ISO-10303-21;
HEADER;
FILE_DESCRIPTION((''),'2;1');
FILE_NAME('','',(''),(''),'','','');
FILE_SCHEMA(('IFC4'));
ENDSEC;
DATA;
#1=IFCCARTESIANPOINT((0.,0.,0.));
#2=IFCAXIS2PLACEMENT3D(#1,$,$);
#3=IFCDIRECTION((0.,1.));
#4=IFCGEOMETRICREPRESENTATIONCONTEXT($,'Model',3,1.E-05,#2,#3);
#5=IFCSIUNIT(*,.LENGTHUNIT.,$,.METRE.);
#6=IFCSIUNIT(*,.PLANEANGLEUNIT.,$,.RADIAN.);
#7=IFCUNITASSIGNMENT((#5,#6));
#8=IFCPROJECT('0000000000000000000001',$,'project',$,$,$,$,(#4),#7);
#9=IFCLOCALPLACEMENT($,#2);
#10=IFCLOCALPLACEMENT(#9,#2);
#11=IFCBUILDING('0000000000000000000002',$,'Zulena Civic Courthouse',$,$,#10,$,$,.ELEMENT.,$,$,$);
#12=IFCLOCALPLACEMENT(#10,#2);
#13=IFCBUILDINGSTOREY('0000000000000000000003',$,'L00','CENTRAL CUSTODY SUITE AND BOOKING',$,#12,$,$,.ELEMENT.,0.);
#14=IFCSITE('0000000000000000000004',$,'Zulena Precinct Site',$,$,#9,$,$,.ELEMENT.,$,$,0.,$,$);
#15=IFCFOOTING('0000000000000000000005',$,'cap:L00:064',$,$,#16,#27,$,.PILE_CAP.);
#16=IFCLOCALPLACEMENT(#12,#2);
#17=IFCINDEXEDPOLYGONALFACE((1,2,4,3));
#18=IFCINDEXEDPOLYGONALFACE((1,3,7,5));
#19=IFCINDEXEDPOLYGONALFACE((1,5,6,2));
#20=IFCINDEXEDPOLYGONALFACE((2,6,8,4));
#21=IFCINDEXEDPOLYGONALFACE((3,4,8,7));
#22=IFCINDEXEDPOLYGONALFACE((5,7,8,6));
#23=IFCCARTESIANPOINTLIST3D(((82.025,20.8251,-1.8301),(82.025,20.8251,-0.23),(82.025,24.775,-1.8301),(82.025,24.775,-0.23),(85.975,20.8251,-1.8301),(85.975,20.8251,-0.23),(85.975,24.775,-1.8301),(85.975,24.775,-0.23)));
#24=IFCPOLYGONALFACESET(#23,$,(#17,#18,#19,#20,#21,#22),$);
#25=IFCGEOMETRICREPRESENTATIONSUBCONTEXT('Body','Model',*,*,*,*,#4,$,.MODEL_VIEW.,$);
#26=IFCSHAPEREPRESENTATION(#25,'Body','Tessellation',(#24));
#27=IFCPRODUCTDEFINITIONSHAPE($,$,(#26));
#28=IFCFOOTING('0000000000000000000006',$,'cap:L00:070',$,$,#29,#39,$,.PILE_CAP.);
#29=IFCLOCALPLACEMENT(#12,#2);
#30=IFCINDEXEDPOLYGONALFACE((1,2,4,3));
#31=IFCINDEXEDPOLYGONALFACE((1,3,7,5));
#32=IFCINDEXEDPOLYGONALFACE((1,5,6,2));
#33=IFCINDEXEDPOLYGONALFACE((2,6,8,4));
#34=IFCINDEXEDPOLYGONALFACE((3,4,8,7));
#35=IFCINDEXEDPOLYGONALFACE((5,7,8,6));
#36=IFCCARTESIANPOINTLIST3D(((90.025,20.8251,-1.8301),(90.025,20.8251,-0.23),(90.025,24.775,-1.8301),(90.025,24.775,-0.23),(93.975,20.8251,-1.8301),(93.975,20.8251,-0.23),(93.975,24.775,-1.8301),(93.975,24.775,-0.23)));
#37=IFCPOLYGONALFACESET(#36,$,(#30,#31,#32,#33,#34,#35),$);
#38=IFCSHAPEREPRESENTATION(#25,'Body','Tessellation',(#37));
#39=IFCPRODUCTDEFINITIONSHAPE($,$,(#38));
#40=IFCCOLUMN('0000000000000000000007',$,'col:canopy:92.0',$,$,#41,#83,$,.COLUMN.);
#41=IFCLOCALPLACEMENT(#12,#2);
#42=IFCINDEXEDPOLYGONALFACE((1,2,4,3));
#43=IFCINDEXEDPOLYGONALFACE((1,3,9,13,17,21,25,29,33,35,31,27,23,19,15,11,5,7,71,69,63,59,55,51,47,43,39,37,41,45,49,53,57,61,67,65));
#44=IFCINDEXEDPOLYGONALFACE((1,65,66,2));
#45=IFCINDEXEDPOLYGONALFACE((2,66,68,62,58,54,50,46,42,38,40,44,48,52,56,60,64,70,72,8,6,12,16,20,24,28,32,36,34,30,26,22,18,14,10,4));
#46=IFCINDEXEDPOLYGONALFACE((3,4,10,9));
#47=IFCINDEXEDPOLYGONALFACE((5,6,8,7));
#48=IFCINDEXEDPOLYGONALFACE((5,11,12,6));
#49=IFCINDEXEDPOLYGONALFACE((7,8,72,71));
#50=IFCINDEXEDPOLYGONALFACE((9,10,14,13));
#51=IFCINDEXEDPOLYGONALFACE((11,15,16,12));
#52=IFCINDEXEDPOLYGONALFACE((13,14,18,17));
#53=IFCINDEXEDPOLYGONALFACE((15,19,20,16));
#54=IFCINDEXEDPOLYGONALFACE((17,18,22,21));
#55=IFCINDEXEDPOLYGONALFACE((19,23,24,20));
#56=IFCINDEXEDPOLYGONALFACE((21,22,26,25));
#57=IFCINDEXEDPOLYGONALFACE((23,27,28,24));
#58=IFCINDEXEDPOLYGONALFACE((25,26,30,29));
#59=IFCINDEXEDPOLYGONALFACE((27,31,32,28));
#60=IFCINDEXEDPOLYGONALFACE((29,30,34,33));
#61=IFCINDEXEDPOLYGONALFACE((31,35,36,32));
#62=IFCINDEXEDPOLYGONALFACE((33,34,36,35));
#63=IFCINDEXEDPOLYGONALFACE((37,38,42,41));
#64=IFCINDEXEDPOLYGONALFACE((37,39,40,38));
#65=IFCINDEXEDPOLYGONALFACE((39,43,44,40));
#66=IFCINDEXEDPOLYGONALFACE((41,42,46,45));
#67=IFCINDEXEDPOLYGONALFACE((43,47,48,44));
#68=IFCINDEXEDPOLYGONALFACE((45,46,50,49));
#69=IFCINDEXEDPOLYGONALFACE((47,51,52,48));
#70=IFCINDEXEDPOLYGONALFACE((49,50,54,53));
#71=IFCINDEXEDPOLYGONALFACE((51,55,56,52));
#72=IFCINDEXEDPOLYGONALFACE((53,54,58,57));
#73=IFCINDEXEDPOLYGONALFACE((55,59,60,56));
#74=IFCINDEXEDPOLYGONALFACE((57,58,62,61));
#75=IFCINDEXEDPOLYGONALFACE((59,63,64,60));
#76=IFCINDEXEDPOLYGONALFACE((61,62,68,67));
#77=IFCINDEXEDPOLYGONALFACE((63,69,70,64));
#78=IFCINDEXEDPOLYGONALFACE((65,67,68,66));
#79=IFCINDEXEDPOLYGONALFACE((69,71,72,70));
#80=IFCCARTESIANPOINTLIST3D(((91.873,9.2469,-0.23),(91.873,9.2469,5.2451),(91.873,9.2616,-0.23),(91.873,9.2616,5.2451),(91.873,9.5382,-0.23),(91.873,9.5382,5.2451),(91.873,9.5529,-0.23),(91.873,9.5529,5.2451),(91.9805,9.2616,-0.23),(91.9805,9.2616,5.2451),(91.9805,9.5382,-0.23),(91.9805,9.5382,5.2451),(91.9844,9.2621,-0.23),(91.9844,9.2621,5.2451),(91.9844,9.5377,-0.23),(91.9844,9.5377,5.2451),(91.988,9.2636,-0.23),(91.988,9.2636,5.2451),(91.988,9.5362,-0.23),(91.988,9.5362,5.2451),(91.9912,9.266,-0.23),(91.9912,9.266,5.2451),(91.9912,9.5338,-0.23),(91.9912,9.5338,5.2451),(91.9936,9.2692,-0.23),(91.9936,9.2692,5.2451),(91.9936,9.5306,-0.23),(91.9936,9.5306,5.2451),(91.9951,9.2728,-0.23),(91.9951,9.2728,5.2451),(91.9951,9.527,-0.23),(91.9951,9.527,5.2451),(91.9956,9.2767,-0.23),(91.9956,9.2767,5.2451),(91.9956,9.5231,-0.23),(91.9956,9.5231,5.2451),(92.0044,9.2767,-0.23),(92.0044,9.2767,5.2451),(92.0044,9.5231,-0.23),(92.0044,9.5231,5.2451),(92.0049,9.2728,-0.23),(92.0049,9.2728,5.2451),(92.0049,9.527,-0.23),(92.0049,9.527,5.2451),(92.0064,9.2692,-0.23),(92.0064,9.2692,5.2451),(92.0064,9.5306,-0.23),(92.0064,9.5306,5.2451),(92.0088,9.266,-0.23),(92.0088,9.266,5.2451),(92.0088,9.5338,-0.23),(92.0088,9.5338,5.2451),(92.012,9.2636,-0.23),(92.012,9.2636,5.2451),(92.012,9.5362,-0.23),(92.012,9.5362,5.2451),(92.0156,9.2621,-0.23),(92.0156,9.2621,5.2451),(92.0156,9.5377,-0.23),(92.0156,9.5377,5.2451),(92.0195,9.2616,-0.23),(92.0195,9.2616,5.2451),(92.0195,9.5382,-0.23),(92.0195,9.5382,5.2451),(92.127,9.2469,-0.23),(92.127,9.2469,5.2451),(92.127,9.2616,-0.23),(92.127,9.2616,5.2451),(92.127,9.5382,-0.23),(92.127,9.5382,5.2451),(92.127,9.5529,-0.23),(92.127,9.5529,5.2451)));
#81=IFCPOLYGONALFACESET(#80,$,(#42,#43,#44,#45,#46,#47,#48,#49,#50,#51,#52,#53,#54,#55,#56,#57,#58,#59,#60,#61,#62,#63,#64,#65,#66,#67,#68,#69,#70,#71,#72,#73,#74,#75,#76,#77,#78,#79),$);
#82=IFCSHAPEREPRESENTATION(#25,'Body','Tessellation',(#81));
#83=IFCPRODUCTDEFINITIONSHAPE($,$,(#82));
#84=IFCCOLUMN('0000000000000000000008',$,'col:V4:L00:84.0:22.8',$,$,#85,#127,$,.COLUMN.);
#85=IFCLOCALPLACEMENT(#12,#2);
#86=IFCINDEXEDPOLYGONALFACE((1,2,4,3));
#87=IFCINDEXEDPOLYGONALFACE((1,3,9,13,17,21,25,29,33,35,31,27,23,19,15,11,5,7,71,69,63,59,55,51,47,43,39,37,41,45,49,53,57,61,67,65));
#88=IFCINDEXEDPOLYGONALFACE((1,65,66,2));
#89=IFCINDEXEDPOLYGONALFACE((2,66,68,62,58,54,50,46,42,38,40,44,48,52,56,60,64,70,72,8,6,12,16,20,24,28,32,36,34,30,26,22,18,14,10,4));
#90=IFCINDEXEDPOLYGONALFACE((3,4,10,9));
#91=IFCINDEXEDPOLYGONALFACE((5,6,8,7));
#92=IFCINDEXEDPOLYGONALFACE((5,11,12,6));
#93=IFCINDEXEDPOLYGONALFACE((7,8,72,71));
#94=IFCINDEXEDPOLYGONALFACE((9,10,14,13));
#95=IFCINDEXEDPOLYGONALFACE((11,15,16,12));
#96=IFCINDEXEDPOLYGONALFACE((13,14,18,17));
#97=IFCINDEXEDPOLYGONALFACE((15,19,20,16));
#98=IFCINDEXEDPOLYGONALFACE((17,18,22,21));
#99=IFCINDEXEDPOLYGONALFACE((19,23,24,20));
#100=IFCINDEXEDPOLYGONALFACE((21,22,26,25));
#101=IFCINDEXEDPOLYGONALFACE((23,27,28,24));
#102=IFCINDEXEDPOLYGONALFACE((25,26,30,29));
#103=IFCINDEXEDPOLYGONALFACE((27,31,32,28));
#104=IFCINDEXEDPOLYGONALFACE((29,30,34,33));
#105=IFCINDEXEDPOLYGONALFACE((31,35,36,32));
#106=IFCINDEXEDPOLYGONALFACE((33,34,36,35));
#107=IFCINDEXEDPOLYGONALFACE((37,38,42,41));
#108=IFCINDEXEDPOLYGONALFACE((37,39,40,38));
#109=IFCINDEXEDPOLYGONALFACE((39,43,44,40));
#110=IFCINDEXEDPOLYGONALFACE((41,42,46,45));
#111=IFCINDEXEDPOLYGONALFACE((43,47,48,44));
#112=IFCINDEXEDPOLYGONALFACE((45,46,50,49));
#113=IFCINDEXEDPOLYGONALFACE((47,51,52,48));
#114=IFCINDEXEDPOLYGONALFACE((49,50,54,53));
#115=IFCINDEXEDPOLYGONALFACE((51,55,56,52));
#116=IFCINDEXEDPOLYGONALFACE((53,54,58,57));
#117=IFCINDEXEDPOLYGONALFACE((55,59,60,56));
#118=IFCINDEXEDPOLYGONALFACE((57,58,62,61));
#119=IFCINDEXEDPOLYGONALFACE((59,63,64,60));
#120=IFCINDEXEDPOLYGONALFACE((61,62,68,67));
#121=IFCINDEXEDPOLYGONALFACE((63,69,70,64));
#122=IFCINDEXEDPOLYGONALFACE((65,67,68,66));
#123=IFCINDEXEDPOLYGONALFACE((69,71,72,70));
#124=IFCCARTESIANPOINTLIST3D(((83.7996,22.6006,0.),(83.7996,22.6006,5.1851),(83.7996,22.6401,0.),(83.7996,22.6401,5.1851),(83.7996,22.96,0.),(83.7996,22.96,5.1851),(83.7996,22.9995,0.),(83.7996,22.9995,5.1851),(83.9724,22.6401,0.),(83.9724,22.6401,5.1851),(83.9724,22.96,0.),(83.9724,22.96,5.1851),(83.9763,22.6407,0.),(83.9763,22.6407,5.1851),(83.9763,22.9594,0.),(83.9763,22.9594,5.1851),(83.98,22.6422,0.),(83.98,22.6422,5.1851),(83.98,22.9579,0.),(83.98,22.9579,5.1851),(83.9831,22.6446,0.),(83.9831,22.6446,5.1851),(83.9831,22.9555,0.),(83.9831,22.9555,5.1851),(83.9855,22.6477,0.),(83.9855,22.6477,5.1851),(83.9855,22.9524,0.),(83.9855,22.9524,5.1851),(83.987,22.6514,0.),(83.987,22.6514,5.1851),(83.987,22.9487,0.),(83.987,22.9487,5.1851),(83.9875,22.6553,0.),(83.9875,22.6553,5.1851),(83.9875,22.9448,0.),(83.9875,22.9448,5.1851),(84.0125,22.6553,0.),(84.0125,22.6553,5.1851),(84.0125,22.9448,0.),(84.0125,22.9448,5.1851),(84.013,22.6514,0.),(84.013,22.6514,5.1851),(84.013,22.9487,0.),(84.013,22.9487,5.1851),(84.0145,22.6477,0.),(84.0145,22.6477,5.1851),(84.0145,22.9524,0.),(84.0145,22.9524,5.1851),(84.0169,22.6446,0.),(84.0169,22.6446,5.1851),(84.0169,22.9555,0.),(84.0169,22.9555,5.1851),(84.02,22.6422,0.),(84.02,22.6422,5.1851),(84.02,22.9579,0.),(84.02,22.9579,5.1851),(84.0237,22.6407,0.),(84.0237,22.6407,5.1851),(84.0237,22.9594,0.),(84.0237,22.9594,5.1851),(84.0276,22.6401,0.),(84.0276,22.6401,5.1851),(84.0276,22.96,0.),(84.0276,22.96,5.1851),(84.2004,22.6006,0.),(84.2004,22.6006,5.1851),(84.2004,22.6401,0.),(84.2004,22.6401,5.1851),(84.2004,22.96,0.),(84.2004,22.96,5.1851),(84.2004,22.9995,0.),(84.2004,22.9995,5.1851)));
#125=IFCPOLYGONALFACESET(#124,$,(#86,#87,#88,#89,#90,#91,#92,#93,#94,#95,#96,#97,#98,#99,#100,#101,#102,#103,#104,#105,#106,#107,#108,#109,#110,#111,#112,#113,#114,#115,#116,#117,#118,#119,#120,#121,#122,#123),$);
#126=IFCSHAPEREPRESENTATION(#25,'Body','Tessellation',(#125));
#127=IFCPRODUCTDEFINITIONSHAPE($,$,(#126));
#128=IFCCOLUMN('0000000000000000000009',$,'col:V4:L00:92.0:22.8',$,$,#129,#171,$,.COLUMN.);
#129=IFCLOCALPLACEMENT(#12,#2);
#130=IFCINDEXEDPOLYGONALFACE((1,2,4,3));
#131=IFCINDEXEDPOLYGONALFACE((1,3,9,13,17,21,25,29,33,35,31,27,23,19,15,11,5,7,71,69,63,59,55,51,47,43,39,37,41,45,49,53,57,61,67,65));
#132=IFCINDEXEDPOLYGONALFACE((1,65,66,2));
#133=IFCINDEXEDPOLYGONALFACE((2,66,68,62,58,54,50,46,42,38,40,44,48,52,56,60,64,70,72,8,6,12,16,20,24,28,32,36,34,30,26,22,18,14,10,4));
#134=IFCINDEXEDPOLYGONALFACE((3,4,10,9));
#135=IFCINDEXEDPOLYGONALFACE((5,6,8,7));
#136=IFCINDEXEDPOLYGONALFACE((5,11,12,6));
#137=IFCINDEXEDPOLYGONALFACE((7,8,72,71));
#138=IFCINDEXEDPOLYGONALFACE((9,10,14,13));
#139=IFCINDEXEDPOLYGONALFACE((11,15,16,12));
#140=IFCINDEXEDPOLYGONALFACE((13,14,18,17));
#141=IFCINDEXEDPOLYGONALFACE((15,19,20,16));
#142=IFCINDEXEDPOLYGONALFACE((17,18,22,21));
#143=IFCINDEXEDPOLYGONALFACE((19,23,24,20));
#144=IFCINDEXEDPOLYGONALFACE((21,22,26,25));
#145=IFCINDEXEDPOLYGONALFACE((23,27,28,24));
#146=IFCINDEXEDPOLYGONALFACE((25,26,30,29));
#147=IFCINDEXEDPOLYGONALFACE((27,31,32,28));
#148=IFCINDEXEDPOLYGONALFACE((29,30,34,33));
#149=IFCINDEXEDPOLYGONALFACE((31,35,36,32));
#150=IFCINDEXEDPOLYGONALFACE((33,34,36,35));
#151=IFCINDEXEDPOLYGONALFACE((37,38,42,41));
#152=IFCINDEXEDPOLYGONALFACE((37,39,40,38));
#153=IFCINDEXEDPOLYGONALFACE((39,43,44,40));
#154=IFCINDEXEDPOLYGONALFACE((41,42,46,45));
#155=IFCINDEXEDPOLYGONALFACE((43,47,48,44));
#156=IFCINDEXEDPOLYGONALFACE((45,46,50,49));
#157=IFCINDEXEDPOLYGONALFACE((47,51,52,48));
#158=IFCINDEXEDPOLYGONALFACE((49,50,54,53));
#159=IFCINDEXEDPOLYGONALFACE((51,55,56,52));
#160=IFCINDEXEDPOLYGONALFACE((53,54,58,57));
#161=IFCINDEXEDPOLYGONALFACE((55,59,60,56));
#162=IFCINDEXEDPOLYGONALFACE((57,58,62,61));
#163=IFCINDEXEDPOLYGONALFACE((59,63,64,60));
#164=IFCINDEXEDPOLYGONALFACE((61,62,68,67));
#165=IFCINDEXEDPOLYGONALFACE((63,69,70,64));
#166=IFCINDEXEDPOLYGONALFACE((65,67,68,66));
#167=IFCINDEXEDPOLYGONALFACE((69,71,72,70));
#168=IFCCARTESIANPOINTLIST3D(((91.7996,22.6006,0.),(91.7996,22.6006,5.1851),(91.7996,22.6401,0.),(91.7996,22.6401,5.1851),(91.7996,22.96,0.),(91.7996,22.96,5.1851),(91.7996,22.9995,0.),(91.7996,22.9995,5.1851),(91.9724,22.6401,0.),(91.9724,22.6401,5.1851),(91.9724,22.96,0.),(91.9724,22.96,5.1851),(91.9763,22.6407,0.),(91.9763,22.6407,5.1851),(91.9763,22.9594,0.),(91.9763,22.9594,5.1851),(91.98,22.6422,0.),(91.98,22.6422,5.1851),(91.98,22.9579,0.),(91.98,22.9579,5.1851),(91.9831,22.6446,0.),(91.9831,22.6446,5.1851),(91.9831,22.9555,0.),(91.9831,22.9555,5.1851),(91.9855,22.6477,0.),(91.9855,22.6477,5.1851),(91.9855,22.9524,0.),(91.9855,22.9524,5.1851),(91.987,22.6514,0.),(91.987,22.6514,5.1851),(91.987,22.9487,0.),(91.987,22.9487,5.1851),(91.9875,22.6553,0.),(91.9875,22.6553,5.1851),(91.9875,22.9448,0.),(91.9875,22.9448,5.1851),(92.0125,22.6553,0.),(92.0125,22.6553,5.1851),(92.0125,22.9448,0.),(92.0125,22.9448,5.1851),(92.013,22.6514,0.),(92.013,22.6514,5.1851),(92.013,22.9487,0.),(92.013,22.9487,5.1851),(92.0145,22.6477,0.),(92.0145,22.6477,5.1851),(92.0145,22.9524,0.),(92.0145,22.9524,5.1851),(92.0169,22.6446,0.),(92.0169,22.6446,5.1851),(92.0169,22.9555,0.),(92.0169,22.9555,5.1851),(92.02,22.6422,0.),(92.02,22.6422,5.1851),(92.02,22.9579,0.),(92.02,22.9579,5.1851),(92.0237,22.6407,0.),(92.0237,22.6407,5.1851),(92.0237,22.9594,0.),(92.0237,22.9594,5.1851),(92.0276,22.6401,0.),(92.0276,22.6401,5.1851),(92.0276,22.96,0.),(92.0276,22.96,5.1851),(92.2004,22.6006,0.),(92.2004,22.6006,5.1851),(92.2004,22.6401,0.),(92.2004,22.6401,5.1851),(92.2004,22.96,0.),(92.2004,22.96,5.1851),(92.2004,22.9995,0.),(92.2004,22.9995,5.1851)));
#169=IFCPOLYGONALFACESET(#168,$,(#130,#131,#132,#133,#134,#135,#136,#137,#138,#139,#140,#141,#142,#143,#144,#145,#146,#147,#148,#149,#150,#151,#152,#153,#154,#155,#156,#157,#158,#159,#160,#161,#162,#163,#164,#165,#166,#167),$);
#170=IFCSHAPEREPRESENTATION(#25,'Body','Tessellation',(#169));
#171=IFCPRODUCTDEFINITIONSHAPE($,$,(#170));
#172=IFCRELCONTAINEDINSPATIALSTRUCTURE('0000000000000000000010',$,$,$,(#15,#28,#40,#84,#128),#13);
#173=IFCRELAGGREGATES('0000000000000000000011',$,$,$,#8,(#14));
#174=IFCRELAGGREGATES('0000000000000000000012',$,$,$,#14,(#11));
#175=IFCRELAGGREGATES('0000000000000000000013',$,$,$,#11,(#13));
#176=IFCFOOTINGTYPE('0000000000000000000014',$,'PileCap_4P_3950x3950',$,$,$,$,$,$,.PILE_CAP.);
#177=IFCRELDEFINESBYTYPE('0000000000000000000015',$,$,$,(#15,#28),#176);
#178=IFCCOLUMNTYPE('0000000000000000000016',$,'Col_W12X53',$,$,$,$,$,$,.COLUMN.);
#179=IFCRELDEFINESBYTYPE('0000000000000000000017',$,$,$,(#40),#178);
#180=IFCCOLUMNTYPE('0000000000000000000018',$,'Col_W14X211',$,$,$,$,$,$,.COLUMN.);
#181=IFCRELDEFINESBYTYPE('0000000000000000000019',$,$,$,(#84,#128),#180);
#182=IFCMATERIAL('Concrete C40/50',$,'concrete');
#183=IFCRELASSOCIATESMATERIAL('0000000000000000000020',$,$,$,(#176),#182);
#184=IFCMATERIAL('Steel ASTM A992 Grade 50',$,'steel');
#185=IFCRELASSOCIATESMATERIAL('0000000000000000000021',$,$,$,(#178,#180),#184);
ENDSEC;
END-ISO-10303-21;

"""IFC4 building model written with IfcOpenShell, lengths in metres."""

from ifc_helpers import new_model, si_unit, direction, frame, origin, origin_2d, place, context, subcontext, project, spatial, rectangle, i_section, extrude, material, material_profile, profile_set, type_object, element, save


model = new_model("IFC4")

# Units and contexts
model_context = context("Model", 3, precision=1e-05, world=origin(), true_north=direction((0.0, 1.0)))
body_context = subcontext(model_context, "Body", "Model", "MODEL_VIEW")
ifc_project = project(units=[si_unit("LENGTHUNIT", "METRE"), si_unit("PLANEANGLEUNIT", "RADIAN")], contexts=[model_context])

# Site, building, storey
site_placement = place(None, origin())
site = spatial("IfcSite", under=ifc_project, at=site_placement, Name="Zulena Precinct Site", CompositionType="ELEMENT", RefElevation=0.0)
building_placement = place(site_placement, origin())
building = spatial("IfcBuilding", under=site, at=building_placement, Name="Zulena Civic Courthouse", CompositionType="ELEMENT")
storey_placement = place(building_placement, origin())
storey = spatial("IfcBuildingStorey", under=building, at=storey_placement, Name="L00", Description="CENTRAL CUSTODY SUITE AND BOOKING", CompositionType="ELEMENT", Elevation=0.0)

# Shared definitions
ifc_material_1 = material(Name="Concrete C40/50", Category="concrete")

# Footings
footing_type_1 = type_object("IfcFootingType", Name="PileCap_4P_3950x3950", PredefinedType="PILE_CAP", material=ifc_material_1)
for number, where, z_axis, x_axis, name in (
    (1, (84.0, 22.8, -1.8301), (0.0, 0.0, 1.0), (1.0, 0.0, 0.0), "cap:L00:064"),
    (2, (92.0, 22.8, -1.8301), (0.0, 0.0, 1.0), (1.0, 0.0, 0.0), "cap:L00:070"),
):
    element("IfcFooting", number, at=place(storey_placement, frame(where, z_axis=z_axis, x_axis=x_axis)), inside=storey, type_object=footing_type_1, Name=name, PredefinedType="PILE_CAP", context=body_context, shape_type="SweptSolid", body=[
        extrude(rectangle(XDim=3.95, YDim=3.95, at=origin_2d()), origin(), (0.0, 0.0, 1.0), 1.6001),
    ])

# Columns
ifc_material_2 = material(Name="Steel ASTM A992 Grade 50", Category="steel")
ifc_material_profile_1 = material_profile(ifc_material_2, i_section(OverallWidth=0.2539, OverallDepth=0.3059, WebThickness=0.0088, FlangeThickness=0.0146, FilletRadius=0.0151, at=origin_2d()), Name="W12X53")
ifc_profile_set_1 = profile_set([ifc_material_profile_1], Name="Steel ASTM A992 Grade 50")
column_type_1 = type_object("IfcColumnType", Name="Col_W12X53", PredefinedType="COLUMN", material=ifc_profile_set_1)
column_1_placement = place(storey_placement, frame((92.0, 9.3999, -0.23), z_axis=(0.0, 0.0, 1.0), x_axis=(1.0, 0.0, 0.0)))
element("IfcColumn", 3, at=column_1_placement, inside=storey, type_object=column_type_1, Name="col:canopy:92.0", PredefinedType="COLUMN", context=body_context, shape_type="SweptSolid", body=[
    extrude(i_section(OverallWidth=0.2539, OverallDepth=0.3059, WebThickness=0.0088, FlangeThickness=0.0146, FilletRadius=0.0151, at=origin_2d()), origin(), (0.0, 0.0, 1.0), 5.4751),
])
ifc_material_profile_2 = material_profile(ifc_material_2, i_section(OverallWidth=0.4009, OverallDepth=0.3989, WebThickness=0.0249, FlangeThickness=0.0396, FilletRadius=0.0151, at=origin_2d()), Name="W14X211")
ifc_profile_set_2 = profile_set([ifc_material_profile_2], Name="Steel ASTM A992 Grade 50")
column_type_2 = type_object("IfcColumnType", Name="Col_W14X211", PredefinedType="COLUMN", material=ifc_profile_set_2)
for number, where, z_axis, x_axis, name in (
    (4, (84.0, 22.8, 0.0), (0.0, 0.0, 1.0), (1.0, 0.0, 0.0), "col:V4:L00:84.0:22.8"),
    (5, (92.0, 22.8, 0.0), (0.0, 0.0, 1.0), (1.0, 0.0, 0.0), "col:V4:L00:92.0:22.8"),
):
    element("IfcColumn", number, at=place(storey_placement, frame(where, z_axis=z_axis, x_axis=x_axis)), inside=storey, type_object=column_type_2, Name=name, PredefinedType="COLUMN", context=body_context, shape_type="SweptSolid", body=[
        extrude(i_section(OverallWidth=0.4009, OverallDepth=0.3989, WebThickness=0.0249, FlangeThickness=0.0396, FilletRadius=0.0151, at=origin_2d()), origin(), (0.0, 0.0, 1.0), 5.1851),
    ])

save(model, "model.ifc")
